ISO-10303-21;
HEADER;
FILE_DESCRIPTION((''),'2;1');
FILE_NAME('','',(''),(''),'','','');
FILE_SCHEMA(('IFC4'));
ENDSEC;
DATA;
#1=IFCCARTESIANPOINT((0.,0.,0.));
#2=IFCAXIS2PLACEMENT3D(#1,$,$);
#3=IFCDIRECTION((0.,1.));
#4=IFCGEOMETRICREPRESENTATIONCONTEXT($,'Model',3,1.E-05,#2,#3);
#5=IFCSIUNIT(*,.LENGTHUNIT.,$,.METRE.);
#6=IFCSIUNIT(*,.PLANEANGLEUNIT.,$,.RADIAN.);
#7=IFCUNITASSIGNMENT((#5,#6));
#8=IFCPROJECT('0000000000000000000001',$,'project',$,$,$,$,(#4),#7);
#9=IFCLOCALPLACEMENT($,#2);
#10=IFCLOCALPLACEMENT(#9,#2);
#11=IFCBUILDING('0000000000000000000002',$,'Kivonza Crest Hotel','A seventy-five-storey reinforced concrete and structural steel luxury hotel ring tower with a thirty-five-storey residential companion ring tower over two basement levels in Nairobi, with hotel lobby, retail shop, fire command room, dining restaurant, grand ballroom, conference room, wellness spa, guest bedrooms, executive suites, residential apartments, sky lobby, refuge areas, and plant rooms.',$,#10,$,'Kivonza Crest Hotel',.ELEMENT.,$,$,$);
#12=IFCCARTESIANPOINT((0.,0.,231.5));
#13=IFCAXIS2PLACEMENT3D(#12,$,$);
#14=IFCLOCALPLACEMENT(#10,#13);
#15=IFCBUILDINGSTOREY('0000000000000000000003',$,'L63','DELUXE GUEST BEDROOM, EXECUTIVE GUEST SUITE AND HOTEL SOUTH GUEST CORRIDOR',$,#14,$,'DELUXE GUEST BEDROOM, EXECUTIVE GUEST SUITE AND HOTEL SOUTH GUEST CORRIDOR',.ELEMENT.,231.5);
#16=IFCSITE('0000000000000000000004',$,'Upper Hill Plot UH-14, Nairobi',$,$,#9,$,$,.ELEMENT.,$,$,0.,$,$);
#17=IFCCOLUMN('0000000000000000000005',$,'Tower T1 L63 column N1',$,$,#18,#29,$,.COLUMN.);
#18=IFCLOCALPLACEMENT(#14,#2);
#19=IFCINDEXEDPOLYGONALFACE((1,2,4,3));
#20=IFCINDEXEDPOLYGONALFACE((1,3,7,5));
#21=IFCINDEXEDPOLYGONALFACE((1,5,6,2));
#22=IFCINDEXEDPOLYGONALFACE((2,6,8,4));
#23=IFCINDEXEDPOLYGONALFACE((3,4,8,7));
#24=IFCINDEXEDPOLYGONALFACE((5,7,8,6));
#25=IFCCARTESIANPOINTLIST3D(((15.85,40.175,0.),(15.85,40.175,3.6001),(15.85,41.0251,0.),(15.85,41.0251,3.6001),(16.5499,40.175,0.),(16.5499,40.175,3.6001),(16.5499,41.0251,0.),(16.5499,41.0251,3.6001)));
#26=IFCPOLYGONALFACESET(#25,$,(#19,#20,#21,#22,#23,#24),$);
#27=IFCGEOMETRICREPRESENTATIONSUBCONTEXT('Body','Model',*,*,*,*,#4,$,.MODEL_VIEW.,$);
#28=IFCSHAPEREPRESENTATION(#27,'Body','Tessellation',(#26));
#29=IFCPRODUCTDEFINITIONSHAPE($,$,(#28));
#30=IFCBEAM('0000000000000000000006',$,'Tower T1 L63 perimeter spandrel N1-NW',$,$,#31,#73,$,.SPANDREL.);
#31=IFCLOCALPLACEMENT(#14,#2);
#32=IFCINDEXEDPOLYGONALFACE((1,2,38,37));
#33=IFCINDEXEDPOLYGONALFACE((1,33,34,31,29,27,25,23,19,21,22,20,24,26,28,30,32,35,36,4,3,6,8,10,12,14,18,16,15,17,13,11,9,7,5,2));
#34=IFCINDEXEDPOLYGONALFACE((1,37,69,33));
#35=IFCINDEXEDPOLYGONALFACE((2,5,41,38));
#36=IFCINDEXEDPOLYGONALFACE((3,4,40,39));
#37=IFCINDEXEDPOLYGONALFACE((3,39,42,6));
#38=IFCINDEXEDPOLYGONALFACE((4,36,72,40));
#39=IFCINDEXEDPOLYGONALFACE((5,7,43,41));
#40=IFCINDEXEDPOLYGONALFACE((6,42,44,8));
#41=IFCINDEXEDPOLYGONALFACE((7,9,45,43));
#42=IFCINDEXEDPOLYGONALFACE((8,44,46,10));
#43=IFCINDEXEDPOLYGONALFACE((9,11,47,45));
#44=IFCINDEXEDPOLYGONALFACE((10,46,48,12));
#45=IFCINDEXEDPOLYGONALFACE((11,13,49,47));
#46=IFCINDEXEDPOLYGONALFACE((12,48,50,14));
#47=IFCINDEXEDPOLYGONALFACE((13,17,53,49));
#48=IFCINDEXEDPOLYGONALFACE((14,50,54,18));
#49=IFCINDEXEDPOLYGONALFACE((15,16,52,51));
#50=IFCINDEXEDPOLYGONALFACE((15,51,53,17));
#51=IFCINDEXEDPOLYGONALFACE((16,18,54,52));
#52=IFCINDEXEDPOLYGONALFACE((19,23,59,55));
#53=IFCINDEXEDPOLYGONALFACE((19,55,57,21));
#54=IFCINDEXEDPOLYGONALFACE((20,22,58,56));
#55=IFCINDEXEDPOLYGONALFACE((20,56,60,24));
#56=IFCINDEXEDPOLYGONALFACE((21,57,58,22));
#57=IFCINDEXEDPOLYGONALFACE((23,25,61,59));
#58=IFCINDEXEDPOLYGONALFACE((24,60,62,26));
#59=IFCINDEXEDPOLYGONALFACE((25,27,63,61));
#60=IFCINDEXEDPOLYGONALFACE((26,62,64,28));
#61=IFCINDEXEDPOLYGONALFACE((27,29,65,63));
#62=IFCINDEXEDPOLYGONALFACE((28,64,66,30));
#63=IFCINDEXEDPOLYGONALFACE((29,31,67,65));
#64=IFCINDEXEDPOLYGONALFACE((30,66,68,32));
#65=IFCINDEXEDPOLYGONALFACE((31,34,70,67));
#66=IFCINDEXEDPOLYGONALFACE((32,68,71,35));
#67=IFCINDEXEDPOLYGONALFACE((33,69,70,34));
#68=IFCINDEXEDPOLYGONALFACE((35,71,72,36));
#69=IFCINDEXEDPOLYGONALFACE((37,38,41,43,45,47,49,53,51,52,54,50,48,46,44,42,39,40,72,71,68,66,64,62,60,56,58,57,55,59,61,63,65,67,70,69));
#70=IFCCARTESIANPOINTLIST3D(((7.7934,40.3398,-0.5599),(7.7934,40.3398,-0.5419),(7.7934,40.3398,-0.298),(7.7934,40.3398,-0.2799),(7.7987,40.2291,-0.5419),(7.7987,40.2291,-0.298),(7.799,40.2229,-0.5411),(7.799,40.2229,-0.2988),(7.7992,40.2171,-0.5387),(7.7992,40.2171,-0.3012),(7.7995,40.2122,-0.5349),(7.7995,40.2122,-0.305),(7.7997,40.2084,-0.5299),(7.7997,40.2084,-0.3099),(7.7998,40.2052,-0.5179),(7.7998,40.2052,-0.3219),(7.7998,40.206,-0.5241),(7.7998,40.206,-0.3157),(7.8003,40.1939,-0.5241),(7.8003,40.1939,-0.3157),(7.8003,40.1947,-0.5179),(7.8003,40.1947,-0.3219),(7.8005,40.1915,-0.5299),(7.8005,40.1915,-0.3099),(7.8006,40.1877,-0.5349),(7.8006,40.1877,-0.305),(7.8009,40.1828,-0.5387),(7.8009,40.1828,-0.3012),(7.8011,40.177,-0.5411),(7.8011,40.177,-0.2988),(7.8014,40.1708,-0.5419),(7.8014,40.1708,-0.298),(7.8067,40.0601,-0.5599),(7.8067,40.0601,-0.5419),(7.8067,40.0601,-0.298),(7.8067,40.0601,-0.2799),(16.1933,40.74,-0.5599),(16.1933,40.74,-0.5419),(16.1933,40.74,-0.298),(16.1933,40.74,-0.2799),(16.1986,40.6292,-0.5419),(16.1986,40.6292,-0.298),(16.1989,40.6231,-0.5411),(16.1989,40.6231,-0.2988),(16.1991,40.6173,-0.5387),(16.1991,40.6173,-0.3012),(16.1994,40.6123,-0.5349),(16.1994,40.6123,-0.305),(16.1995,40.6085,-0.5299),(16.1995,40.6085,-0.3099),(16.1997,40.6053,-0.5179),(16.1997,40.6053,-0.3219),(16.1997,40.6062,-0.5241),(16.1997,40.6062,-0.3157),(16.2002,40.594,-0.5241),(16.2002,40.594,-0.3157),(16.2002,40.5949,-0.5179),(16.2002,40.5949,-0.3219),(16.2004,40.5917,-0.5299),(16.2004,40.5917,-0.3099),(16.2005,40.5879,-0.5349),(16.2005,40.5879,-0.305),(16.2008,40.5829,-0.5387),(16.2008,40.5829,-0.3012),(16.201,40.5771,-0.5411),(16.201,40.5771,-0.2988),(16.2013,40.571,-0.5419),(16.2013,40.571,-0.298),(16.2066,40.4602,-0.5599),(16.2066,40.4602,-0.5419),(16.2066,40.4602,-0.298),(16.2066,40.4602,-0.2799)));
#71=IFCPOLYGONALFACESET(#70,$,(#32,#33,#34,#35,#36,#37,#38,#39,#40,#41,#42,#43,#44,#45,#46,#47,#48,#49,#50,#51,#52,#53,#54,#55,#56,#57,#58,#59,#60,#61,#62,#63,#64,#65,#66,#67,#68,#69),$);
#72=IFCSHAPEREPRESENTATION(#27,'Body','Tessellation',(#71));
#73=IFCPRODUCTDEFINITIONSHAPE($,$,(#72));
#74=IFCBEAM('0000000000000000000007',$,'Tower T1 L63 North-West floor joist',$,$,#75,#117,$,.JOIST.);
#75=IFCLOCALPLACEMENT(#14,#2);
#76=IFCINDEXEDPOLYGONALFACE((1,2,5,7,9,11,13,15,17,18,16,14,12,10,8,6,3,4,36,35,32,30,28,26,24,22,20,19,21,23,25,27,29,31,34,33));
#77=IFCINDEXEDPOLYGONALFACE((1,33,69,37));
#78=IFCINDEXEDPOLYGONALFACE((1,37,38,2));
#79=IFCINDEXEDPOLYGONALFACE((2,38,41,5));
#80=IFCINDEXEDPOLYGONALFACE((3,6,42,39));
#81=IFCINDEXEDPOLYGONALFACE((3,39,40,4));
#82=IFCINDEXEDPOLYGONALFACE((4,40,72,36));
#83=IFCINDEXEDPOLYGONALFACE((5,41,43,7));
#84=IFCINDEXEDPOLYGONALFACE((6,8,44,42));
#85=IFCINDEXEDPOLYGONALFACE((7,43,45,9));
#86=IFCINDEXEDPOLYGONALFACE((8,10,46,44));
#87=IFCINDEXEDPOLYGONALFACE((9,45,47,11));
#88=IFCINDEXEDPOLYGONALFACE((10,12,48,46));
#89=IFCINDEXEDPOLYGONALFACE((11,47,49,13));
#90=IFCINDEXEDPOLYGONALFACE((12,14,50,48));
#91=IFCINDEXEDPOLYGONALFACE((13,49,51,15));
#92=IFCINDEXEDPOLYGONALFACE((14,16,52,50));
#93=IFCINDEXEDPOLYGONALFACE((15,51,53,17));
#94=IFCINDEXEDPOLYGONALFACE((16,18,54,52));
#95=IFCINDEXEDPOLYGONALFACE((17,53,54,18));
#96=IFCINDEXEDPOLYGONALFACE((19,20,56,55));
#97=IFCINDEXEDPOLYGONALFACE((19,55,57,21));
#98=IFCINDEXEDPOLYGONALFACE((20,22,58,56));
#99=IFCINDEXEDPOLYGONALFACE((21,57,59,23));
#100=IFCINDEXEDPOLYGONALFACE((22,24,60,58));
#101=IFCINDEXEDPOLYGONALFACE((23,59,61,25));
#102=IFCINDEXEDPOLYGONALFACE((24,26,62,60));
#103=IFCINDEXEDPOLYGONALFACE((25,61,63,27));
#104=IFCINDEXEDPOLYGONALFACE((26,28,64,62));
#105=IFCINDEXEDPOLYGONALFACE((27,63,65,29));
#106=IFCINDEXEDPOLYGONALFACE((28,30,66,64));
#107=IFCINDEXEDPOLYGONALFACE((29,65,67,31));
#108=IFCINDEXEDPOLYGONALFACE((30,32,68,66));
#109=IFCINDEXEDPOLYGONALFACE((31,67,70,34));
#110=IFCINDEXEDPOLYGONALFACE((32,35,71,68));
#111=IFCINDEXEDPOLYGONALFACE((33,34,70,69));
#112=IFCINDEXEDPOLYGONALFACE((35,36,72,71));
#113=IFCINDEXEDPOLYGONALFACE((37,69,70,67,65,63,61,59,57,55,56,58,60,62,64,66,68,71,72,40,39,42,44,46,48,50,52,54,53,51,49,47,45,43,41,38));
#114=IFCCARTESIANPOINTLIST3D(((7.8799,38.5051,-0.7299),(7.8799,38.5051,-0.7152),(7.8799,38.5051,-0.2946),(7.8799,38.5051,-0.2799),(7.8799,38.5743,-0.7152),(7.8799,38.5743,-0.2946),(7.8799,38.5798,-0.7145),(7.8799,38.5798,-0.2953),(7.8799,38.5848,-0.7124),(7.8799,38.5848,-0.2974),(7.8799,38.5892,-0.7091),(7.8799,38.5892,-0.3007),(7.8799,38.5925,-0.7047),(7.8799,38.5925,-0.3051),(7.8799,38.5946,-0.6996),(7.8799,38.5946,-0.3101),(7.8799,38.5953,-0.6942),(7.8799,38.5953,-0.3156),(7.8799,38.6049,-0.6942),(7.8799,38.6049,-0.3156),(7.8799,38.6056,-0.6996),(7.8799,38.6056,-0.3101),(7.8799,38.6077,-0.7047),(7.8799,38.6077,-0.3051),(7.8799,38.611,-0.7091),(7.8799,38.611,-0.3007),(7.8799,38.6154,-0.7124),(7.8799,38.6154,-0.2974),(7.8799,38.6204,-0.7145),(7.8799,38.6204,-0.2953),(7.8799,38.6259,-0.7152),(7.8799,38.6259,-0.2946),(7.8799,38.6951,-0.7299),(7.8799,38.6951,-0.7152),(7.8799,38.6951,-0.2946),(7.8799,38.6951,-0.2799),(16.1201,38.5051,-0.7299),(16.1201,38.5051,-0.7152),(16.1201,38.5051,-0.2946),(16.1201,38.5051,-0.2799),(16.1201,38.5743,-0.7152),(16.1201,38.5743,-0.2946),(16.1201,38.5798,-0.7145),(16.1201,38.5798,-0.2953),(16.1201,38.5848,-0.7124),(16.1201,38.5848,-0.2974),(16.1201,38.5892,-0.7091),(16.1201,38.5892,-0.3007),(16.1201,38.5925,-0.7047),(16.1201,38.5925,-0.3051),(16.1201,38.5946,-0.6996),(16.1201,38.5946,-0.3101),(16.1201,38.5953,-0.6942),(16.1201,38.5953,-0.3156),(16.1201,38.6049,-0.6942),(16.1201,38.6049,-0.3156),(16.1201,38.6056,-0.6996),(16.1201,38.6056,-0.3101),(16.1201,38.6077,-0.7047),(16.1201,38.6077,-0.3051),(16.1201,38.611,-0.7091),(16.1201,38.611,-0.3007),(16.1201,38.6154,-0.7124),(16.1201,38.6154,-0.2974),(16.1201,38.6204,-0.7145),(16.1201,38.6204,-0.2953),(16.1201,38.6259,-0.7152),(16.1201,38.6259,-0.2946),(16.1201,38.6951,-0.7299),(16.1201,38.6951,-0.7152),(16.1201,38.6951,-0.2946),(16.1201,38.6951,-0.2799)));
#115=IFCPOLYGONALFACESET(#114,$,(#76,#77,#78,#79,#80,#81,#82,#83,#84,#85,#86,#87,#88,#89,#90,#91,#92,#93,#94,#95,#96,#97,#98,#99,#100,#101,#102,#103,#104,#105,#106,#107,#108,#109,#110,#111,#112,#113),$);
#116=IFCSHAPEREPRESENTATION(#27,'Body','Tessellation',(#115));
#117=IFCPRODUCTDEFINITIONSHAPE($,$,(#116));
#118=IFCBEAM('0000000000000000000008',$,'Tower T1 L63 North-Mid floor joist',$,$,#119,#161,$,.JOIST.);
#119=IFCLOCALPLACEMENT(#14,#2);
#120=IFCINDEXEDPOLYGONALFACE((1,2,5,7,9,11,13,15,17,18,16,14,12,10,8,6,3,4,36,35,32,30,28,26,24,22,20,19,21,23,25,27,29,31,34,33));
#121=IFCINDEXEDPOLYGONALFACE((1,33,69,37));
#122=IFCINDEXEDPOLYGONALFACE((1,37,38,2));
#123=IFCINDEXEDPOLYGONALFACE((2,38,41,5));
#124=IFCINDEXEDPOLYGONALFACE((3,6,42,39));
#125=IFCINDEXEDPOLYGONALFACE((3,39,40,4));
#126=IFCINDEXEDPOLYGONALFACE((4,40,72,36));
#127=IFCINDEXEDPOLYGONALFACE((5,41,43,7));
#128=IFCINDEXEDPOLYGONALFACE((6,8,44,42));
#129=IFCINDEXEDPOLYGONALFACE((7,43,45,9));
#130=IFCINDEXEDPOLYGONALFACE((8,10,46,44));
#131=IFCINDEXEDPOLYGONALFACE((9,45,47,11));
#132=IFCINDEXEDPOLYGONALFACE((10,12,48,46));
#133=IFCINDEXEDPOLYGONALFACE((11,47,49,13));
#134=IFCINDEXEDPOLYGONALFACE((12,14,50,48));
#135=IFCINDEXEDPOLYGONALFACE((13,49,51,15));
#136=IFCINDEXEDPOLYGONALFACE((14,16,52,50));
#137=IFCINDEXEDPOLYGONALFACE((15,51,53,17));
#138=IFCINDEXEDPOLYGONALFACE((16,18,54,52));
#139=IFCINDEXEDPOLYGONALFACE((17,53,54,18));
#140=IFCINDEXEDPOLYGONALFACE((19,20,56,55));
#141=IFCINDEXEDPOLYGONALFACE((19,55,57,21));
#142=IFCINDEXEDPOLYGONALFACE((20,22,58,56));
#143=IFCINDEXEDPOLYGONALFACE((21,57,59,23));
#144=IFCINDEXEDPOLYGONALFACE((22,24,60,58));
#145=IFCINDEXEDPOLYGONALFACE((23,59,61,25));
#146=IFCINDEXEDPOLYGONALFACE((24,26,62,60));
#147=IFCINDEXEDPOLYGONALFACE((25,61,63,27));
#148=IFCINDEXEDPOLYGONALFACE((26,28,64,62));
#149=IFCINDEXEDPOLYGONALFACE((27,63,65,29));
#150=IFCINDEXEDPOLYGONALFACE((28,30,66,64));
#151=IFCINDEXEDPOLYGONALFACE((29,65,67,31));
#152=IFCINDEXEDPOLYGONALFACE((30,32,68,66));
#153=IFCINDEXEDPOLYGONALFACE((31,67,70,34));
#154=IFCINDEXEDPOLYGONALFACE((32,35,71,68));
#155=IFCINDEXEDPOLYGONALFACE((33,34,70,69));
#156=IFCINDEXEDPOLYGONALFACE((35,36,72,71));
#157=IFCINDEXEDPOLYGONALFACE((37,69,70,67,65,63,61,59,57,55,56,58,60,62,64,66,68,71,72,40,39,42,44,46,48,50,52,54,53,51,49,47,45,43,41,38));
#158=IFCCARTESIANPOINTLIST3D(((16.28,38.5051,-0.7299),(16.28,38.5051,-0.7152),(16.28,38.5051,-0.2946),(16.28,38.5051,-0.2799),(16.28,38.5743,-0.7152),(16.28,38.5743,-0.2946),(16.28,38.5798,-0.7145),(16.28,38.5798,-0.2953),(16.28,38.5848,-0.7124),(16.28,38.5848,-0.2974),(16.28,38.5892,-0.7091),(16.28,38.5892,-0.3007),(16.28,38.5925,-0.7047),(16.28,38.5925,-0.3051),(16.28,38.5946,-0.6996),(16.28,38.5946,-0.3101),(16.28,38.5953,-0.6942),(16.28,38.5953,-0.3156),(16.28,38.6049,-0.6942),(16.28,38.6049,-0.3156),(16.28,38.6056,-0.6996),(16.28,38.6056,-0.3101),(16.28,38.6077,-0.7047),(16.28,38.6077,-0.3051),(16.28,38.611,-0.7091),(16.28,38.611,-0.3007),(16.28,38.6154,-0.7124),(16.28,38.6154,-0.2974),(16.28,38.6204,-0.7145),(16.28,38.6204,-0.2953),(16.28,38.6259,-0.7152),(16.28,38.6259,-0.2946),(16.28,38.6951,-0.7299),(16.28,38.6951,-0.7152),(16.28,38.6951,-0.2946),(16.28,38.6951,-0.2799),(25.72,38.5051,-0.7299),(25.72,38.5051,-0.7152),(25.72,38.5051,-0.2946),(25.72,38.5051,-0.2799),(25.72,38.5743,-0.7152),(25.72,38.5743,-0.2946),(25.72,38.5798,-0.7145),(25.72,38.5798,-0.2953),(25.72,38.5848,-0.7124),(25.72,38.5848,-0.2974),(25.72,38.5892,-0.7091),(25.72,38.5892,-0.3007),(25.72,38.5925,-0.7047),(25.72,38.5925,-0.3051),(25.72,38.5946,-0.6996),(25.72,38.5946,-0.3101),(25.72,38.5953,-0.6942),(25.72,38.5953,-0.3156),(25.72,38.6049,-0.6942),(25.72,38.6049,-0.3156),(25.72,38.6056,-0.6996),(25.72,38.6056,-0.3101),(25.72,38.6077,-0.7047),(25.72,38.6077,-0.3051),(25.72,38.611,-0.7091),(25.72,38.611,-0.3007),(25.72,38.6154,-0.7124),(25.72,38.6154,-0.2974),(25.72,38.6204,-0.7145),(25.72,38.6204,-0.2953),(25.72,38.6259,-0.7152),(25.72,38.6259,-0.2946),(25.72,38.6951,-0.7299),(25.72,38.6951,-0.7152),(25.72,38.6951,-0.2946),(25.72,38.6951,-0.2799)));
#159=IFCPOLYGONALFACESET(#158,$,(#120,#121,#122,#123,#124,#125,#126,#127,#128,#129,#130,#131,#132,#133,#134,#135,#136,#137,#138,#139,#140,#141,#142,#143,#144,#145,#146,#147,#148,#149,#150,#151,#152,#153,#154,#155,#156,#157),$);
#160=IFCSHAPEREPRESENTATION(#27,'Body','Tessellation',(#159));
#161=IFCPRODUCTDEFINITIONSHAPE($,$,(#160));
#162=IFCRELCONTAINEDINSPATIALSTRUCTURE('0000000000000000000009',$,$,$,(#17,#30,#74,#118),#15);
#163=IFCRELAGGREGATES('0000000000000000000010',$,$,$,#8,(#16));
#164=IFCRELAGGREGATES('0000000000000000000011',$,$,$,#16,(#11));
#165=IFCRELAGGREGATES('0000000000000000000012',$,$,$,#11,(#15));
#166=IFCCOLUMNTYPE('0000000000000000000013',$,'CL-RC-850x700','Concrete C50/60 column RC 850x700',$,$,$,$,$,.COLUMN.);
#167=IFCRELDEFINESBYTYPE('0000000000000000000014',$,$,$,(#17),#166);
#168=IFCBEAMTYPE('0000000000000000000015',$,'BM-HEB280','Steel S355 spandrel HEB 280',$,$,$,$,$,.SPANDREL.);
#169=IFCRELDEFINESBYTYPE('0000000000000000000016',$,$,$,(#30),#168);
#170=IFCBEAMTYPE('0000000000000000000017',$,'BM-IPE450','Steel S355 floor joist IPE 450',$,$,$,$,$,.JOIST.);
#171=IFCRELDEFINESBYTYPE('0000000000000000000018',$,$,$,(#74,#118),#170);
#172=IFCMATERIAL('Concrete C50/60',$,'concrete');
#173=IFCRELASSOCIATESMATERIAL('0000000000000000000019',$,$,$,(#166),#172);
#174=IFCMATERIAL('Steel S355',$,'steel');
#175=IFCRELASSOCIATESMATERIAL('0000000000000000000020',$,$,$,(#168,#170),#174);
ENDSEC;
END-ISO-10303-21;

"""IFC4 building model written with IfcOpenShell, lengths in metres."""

from ifc_helpers import new_model, si_unit, direction, frame, origin, origin_2d, place, context, subcontext, project, spatial, rectangle, i_section, extrude, material, material_profile, profile_set, type_object, element, save


model = new_model("IFC4")

# Units and contexts
model_context = context("Model", 3, precision=1e-05, world=origin(), true_north=direction((0.0, 1.0)))
body_context = subcontext(model_context, "Body", "Model", "MODEL_VIEW")
ifc_project = project(units=[si_unit("LENGTHUNIT", "METRE"), si_unit("PLANEANGLEUNIT", "RADIAN")], contexts=[model_context])

# Site, building, storey
site_placement = place(None, origin())
site = spatial("IfcSite", under=ifc_project, at=site_placement, Name="Upper Hill Plot UH-14, Nairobi", CompositionType="ELEMENT", RefElevation=0.0)
building_placement = place(site_placement, origin())
building = spatial("IfcBuilding", under=site, at=building_placement, Name="Kivonza Crest Hotel", Description="A seventy-five-storey reinforced concrete and structural steel luxury hotel ring tower with a thirty-five-storey residential companion ring tower over two basement levels in Nairobi, with hotel lobby, retail shop, fire command room, dining restaurant, grand ballroom, conference room, wellness spa, guest bedrooms, executive suites, residential apartments, sky lobby, refuge areas, and plant rooms.", LongName="Kivonza Crest Hotel", CompositionType="ELEMENT")
storey_placement = place(building_placement, frame((0.0, 0.0, 231.5)))
storey = spatial("IfcBuildingStorey", under=building, at=storey_placement, Name="L63", Description="DELUXE GUEST BEDROOM, EXECUTIVE GUEST SUITE AND HOTEL SOUTH GUEST CORRIDOR", LongName="DELUXE GUEST BEDROOM, EXECUTIVE GUEST SUITE AND HOTEL SOUTH GUEST CORRIDOR", CompositionType="ELEMENT", Elevation=231.5)

# Column
ifc_material_1 = material(Name="Concrete C50/60", Category="concrete")
ifc_material_profile_1 = material_profile(ifc_material_1, rectangle(XDim=0.7, YDim=0.8501, at=origin_2d()), Name="RC 850x700")
ifc_profile_set_1 = profile_set([ifc_material_profile_1], Name="Concrete C50/60")
column_type = type_object("IfcColumnType", Name="CL-RC-850x700", Description="Concrete C50/60 column RC 850x700", PredefinedType="COLUMN", material=ifc_profile_set_1)
column_placement = place(storey_placement, frame((16.2, 40.6001, 0.0), z_axis=(0.0, 0.0, 1.0), x_axis=(1.0, 0.0, 0.0)))
element("IfcColumn", 1, at=column_placement, inside=storey, type_object=column_type, Name="Tower T1 L63 column N1", PredefinedType="COLUMN", context=body_context, shape_type="SweptSolid", body=[
    extrude(rectangle(XDim=0.7, YDim=0.8501, at=origin_2d()), origin(), (0.0, 0.0, 1.0), 3.6001),
])

# Beams
ifc_material_2 = material(Name="Steel S355", Category="steel")
ifc_material_profile_2 = material_profile(ifc_material_2, i_section(OverallWidth=0.28, OverallDepth=0.28, WebThickness=0.0105, FlangeThickness=0.0181, FilletRadius=0.0239, at=origin_2d()), Name="HEB 280")
ifc_profile_set_2 = profile_set([ifc_material_profile_2], Name="Steel S355")
beam_type_1 = type_object("IfcBeamType", Name="BM-HEB280", Description="Steel S355 spandrel HEB 280", PredefinedType="SPANDREL", material=ifc_profile_set_2)
beam_1_placement = place(storey_placement, frame((16.2, 40.6001, -0.4199), z_axis=(-0.998867, -0.047583, 0.0), x_axis=(0.047583, -0.998867, 0.0)))
element("IfcBeam", 2, at=beam_1_placement, inside=storey, type_object=beam_type_1, Name="Tower T1 L63 perimeter spandrel N1-NW", PredefinedType="SPANDREL", context=body_context, shape_type="SweptSolid", body=[
    extrude(i_section(OverallWidth=0.28, OverallDepth=0.28, WebThickness=0.0105, FlangeThickness=0.0181, FilletRadius=0.0239, at=origin_2d()), origin(), (0.0, 0.0, 1.0), 8.4094),
])
ifc_material_profile_3 = material_profile(ifc_material_2, i_section(OverallWidth=0.1899, OverallDepth=0.45, WebThickness=0.0095, FlangeThickness=0.0146, FilletRadius=0.021, at=origin_2d()), Name="IPE 450")
ifc_profile_set_3 = profile_set([ifc_material_profile_3], Name="Steel S355")
beam_type_2 = type_object("IfcBeamType", Name="BM-IPE450", Description="Steel S355 floor joist IPE 450", PredefinedType="JOIST", material=ifc_profile_set_3)
beam_2_placement = place(storey_placement, frame((7.8799, 38.6001, -0.5049), z_axis=(1.0, 0.0, 0.0), x_axis=(0.0, 1.0, 0.0)))
element("IfcBeam", 3, at=beam_2_placement, inside=storey, type_object=beam_type_2, Name="Tower T1 L63 North-West floor joist", PredefinedType="JOIST", context=body_context, shape_type="SweptSolid", body=[
    extrude(i_section(OverallWidth=0.1899, OverallDepth=0.45, WebThickness=0.0095, FlangeThickness=0.0146, FilletRadius=0.021, at=origin_2d()), origin(), (0.0, 0.0, 1.0), 8.2402),
])
beam_3_placement = place(storey_placement, frame((16.28, 38.6001, -0.5049), z_axis=(1.0, 0.0, 0.0), x_axis=(0.0, 1.0, 0.0)))
element("IfcBeam", 4, at=beam_3_placement, inside=storey, type_object=beam_type_2, Name="Tower T1 L63 North-Mid floor joist", PredefinedType="JOIST", context=body_context, shape_type="SweptSolid", body=[
    extrude(i_section(OverallWidth=0.1899, OverallDepth=0.45, WebThickness=0.0095, FlangeThickness=0.0146, FilletRadius=0.021, at=origin_2d()), origin(), (0.0, 0.0, 1.0), 9.4399),
])

save(model, "model.ifc")
